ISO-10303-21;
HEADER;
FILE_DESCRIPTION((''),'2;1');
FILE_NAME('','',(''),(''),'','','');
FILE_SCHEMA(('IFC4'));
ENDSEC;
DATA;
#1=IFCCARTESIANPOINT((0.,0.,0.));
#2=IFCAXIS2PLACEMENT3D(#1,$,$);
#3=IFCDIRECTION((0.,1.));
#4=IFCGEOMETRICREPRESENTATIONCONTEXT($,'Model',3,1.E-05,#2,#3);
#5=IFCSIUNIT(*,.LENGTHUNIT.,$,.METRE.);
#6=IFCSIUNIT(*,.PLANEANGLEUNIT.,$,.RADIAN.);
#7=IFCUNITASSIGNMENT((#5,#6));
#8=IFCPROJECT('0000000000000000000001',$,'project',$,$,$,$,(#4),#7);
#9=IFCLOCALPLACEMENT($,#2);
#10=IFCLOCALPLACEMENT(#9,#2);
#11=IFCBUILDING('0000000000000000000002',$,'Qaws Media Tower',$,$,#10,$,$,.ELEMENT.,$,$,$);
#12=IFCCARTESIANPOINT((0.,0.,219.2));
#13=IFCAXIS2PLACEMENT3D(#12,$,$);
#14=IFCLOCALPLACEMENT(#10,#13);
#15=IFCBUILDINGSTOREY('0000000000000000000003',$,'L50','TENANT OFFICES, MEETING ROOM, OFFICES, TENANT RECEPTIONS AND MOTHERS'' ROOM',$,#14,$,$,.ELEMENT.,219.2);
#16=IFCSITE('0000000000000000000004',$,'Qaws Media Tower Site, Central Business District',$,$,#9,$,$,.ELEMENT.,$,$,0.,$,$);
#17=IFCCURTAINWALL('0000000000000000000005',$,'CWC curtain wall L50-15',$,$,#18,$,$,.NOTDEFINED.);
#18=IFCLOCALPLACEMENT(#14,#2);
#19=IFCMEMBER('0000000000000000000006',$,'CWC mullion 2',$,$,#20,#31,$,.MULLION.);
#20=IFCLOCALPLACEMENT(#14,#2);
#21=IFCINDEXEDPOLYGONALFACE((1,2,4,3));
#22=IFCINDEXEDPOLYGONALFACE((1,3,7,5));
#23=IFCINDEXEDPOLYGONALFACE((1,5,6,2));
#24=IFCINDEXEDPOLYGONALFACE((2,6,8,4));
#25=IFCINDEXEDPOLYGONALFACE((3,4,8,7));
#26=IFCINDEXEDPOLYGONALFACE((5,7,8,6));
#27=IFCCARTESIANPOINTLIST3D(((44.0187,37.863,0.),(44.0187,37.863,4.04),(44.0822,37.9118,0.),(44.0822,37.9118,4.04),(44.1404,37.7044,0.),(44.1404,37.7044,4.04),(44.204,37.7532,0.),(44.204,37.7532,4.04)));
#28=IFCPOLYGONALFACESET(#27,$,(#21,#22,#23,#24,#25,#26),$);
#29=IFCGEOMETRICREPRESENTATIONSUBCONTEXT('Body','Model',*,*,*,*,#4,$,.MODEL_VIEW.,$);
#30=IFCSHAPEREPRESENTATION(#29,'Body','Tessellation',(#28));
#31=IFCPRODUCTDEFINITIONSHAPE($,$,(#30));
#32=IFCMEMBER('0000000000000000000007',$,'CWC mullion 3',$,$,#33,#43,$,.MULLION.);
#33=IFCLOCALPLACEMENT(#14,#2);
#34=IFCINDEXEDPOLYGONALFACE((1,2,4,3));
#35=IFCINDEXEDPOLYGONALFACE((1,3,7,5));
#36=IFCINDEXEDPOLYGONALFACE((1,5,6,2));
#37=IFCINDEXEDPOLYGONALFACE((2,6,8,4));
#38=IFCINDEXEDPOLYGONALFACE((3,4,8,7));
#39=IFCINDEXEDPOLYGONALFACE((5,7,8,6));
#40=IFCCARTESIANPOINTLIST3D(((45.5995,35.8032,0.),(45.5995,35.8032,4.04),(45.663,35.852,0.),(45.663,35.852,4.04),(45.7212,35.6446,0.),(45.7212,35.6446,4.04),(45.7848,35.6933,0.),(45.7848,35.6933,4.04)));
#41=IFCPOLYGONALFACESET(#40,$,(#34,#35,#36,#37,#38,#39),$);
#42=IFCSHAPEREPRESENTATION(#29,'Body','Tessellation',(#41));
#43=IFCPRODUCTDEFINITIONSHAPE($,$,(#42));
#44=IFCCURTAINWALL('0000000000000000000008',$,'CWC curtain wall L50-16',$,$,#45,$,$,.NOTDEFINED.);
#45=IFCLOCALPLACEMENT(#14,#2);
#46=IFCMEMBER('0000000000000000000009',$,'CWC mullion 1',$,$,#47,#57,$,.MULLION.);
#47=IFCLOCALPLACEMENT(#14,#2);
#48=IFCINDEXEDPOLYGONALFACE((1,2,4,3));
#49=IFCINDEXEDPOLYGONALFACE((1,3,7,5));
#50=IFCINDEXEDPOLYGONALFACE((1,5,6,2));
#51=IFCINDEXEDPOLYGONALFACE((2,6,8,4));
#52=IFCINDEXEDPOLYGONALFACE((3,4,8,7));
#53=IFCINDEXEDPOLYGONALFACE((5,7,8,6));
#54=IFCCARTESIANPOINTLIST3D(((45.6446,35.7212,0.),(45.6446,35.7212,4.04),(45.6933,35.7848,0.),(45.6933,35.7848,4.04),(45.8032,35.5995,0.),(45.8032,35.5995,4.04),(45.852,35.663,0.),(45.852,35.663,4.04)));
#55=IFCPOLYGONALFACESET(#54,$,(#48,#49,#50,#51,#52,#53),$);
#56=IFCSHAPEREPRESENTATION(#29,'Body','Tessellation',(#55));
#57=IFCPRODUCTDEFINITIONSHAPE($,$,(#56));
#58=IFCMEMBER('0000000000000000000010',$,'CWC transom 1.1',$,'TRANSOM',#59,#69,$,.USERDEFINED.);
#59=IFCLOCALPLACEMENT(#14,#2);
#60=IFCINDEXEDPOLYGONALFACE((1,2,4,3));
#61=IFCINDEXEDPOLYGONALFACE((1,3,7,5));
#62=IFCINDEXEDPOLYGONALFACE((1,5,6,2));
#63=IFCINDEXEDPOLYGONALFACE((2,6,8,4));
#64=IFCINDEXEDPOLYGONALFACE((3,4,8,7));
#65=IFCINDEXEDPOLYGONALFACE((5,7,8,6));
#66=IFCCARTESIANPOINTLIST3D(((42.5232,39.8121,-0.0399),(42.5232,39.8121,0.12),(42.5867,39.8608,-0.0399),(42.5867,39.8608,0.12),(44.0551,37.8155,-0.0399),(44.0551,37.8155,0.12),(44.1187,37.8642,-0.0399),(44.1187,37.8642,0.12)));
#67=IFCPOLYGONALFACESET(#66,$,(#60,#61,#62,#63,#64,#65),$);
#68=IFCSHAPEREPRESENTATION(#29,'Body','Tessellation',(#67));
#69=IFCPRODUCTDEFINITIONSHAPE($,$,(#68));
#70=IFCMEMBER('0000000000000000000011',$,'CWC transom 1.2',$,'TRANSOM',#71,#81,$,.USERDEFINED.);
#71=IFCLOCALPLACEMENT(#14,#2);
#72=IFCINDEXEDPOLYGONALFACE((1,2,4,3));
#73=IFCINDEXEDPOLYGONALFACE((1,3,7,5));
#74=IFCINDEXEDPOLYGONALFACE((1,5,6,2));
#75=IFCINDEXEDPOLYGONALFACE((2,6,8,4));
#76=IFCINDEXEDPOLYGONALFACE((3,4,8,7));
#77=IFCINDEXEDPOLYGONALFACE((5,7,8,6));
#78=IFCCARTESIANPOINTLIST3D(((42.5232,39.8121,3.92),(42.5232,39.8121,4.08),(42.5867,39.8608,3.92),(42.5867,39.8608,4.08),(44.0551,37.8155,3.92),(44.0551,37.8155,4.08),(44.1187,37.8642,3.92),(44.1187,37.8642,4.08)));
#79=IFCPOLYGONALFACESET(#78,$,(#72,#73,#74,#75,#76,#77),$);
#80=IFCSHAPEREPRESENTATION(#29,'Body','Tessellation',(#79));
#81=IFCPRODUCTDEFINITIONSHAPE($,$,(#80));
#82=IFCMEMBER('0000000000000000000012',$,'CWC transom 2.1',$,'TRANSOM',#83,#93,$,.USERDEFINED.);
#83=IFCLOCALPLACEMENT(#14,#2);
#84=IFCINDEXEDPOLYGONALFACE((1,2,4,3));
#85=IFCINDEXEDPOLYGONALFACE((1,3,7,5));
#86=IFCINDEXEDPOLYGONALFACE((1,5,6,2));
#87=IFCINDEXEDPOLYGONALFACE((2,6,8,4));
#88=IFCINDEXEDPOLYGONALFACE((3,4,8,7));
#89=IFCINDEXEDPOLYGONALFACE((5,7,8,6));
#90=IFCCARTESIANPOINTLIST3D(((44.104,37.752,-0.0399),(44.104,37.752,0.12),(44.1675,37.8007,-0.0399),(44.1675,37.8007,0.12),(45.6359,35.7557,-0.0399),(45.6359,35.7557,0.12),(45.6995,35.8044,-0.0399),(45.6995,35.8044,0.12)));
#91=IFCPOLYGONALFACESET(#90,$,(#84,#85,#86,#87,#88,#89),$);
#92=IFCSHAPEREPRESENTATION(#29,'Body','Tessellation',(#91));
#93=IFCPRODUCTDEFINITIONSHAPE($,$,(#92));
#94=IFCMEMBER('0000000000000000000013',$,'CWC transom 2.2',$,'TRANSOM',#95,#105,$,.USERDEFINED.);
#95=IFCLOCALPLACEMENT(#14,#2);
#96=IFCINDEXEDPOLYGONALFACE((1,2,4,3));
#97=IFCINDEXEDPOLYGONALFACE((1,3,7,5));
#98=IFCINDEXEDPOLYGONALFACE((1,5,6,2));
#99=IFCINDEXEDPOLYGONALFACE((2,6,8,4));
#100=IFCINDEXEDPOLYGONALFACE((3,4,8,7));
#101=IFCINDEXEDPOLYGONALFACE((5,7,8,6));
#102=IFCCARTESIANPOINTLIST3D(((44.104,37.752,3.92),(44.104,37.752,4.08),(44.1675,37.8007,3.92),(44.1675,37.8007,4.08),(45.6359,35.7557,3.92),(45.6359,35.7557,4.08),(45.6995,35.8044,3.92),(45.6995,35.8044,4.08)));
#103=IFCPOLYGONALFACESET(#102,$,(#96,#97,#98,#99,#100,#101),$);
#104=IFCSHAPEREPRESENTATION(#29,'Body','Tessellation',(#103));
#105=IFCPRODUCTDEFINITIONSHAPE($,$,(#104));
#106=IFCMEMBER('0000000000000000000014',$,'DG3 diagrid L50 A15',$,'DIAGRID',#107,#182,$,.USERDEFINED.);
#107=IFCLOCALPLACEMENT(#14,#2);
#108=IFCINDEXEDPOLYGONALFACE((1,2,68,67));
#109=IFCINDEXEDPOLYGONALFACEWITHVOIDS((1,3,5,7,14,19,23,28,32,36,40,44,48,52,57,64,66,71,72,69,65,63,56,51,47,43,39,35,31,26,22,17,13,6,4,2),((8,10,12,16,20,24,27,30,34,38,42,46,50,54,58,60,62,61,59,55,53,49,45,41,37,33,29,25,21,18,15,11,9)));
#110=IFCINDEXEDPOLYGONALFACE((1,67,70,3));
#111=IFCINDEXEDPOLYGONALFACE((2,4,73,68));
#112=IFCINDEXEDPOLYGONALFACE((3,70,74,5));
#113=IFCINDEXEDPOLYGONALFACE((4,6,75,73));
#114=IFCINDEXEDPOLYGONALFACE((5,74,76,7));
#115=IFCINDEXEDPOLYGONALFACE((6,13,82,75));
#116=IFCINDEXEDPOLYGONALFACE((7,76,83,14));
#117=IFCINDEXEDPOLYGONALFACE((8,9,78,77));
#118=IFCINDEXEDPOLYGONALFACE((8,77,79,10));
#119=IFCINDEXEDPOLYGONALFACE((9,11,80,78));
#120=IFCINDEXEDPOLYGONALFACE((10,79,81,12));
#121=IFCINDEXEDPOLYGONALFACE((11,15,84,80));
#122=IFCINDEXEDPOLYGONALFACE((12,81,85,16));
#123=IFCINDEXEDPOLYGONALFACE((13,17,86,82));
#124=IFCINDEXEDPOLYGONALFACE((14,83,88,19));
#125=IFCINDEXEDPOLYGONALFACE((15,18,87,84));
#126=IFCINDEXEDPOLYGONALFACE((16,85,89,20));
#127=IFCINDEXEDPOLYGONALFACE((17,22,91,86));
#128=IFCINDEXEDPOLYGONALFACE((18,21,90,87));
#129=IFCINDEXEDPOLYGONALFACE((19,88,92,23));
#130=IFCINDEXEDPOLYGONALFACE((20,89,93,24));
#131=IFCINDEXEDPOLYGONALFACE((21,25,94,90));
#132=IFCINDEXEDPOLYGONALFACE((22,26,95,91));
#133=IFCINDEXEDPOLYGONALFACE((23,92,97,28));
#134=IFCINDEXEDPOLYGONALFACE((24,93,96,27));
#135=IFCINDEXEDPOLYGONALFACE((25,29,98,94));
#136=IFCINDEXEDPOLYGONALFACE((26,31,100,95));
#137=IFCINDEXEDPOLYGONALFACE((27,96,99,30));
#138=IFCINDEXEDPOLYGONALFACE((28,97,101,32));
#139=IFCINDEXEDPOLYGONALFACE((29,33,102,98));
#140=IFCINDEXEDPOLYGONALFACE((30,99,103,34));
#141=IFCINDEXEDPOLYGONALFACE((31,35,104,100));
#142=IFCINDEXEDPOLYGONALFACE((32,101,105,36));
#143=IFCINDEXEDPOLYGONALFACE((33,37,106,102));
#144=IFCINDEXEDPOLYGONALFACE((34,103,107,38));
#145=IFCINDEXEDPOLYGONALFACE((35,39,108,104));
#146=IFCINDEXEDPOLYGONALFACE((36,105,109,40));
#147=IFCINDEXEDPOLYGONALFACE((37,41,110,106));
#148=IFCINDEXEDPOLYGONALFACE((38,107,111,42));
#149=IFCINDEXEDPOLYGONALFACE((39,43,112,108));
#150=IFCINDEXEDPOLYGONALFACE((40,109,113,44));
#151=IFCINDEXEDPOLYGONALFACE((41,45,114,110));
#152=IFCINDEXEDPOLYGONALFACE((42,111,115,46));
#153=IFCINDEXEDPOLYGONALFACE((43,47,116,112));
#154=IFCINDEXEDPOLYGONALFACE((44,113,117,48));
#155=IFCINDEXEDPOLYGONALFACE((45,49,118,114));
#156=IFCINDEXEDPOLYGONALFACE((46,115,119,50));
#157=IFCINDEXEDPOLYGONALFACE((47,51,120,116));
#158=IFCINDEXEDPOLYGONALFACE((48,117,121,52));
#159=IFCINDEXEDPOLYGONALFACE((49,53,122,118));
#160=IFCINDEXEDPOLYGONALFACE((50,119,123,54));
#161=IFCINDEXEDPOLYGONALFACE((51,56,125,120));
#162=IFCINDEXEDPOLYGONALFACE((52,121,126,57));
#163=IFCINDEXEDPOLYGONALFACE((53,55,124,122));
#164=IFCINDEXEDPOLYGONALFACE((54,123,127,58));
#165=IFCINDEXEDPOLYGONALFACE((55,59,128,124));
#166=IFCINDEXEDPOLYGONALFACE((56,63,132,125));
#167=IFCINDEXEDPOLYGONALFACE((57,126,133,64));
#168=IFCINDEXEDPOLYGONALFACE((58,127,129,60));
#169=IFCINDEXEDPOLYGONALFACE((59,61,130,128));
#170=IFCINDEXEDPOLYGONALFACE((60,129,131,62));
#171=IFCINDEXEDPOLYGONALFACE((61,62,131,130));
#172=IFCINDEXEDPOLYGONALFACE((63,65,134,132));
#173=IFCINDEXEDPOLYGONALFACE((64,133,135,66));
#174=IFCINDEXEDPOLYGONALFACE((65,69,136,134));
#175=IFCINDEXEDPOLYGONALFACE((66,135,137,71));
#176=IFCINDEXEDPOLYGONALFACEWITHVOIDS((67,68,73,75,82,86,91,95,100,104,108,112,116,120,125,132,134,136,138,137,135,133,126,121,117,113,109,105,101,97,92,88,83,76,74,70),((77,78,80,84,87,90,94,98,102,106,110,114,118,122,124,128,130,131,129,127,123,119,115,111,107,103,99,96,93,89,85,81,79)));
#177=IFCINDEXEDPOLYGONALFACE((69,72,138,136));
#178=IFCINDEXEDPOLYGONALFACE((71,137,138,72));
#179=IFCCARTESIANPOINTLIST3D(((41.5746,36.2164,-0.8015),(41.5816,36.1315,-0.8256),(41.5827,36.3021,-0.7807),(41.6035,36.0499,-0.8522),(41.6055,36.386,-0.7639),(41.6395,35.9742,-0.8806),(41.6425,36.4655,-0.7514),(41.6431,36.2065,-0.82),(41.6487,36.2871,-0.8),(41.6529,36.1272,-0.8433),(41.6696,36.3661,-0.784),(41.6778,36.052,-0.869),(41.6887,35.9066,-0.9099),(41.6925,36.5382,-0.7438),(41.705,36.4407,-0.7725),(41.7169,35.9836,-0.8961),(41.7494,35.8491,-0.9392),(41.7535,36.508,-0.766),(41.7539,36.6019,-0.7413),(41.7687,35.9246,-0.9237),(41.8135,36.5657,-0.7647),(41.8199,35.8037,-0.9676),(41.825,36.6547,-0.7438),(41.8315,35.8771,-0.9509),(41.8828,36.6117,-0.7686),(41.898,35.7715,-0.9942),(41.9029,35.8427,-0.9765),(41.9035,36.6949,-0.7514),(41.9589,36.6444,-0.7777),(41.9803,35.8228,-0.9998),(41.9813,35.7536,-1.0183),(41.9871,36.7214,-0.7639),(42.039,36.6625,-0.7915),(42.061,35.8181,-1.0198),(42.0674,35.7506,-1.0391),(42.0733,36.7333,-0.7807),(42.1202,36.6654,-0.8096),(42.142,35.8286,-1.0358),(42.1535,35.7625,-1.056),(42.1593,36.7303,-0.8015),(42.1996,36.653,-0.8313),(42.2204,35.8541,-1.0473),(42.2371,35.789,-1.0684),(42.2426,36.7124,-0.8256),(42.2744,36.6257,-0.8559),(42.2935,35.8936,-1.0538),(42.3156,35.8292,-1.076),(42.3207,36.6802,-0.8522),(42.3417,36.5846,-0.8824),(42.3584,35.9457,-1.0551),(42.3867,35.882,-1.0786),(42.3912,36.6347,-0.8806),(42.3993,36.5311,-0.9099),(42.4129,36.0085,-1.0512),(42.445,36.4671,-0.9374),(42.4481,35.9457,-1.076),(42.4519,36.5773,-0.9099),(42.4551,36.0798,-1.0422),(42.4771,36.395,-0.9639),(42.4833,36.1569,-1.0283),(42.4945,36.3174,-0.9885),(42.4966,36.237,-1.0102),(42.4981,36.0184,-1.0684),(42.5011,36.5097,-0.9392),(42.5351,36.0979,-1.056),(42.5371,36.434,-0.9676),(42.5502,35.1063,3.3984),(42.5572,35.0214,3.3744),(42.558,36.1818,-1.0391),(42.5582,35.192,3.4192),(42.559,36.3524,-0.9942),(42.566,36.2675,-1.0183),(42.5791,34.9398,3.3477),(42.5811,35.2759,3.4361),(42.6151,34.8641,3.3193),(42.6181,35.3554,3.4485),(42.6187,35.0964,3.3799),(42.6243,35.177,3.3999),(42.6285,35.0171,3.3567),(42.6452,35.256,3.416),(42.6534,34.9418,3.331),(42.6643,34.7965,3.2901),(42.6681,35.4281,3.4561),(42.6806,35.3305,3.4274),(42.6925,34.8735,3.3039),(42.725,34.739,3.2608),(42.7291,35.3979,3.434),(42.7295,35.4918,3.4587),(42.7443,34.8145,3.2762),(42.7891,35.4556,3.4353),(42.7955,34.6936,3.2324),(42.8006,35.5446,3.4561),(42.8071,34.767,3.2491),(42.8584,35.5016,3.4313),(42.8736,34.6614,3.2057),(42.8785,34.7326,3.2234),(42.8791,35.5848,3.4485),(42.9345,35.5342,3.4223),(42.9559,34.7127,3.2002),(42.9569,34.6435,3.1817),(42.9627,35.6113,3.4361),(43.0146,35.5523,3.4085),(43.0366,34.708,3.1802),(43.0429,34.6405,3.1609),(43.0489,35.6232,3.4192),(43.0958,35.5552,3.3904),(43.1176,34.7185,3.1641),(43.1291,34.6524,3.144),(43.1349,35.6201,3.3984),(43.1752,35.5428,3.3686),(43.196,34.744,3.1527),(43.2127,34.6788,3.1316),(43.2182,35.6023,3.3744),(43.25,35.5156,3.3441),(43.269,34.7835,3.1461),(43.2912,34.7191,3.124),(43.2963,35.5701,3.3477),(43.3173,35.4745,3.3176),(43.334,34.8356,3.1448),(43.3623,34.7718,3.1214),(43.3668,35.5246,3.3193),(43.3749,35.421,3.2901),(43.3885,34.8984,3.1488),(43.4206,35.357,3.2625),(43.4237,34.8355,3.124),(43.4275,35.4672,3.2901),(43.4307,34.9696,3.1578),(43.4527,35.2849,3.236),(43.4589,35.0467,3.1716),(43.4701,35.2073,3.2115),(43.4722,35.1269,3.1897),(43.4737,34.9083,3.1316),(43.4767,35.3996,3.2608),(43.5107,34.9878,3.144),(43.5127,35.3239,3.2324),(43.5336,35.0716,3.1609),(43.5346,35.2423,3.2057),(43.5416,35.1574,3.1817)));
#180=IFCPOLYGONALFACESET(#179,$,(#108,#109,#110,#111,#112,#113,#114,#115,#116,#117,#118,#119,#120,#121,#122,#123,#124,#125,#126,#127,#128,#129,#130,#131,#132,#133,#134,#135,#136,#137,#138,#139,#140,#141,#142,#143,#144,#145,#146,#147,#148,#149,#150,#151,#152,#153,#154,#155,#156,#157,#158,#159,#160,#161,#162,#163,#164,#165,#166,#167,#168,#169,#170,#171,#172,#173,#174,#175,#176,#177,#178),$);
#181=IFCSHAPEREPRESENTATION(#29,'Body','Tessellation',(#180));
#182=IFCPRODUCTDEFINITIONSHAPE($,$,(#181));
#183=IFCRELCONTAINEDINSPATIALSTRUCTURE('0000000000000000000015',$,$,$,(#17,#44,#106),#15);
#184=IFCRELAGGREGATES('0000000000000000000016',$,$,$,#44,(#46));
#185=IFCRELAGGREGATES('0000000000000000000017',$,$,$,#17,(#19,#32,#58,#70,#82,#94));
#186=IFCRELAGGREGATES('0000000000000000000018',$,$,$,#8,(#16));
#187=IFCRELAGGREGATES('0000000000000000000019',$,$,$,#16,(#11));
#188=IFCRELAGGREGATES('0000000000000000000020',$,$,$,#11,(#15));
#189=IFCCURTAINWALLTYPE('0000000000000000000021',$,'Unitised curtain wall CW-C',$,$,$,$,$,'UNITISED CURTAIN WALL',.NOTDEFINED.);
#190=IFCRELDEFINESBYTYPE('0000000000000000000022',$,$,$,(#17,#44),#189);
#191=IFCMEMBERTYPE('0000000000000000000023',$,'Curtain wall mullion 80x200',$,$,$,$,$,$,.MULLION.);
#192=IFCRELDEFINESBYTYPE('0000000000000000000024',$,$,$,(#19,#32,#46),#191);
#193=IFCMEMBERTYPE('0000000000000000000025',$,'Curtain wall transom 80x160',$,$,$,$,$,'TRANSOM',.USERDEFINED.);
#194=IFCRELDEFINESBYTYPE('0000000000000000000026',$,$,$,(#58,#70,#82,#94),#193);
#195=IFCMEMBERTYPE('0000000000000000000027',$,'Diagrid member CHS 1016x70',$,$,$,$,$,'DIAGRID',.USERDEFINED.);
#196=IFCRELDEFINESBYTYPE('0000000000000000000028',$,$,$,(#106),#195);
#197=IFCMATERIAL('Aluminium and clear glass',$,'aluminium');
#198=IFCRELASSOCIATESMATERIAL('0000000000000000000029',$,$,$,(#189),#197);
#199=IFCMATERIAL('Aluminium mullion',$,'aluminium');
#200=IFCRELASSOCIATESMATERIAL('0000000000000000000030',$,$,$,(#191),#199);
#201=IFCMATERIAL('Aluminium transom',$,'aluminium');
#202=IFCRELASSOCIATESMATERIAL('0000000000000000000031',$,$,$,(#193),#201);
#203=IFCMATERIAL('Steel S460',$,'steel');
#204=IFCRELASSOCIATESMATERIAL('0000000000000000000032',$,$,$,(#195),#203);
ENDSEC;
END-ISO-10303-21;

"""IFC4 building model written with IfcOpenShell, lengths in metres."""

from ifc_helpers import new_model, si_unit, direction, frame, origin, origin_2d, place, context, subcontext, project, spatial, rectangle, hollow_circle, extrude, material, material_profile, profile_set, type_object, element, aggregate, save


model = new_model("IFC4")

# Units and contexts
model_context = context("Model", 3, precision=1e-05, world=origin(), true_north=direction((0.0, 1.0)))
body_context = subcontext(model_context, "Body", "Model", "MODEL_VIEW")
ifc_project = project(units=[si_unit("LENGTHUNIT", "METRE"), si_unit("PLANEANGLEUNIT", "RADIAN")], contexts=[model_context])

# Site, building, storey
site_placement = place(None, origin())
site = spatial("IfcSite", under=ifc_project, at=site_placement, Name="Qaws Media Tower Site, Central Business District", CompositionType="ELEMENT", RefElevation=0.0)
building_placement = place(site_placement, origin())
building = spatial("IfcBuilding", under=site, at=building_placement, Name="Qaws Media Tower", CompositionType="ELEMENT")
storey_placement = place(building_placement, frame((0.0, 0.0, 219.2)))
storey = spatial("IfcBuildingStorey", under=building, at=storey_placement, Name="L50", Description="TENANT OFFICES, MEETING ROOM, OFFICES, TENANT RECEPTIONS AND MOTHERS' ROOM", CompositionType="ELEMENT", Elevation=219.2)

# Shared definitions
ifc_material_1 = material(Name="Aluminium and clear glass", Category="aluminium")
curtain_wall_type = type_object("IfcCurtainWallType", Name="Unitised curtain wall CW-C", ElementType="UNITISED CURTAIN WALL", PredefinedType="NOTDEFINED", material=ifc_material_1)
ifc_material_2 = material(Name="Aluminium mullion", Category="aluminium")
ifc_material_profile_1 = material_profile(ifc_material_2, rectangle(XDim=0.0801, YDim=0.2, at=origin_2d()), Name="80x200")
ifc_profile_set_1 = profile_set([ifc_material_profile_1], Name="Aluminium mullion")
member_type_1 = type_object("IfcMemberType", Name="Curtain wall mullion 80x200", PredefinedType="MULLION", material=ifc_profile_set_1)

# Curtain wall, members
curtain_wall_1_placement = place(storey_placement, origin())
curtain_wall_1 = element("IfcCurtainWall", 1, at=curtain_wall_1_placement, inside=storey, type_object=curtain_wall_type, Name="CWC curtain wall L50-15", PredefinedType="NOTDEFINED")
member_1_placement = place(storey_placement, frame((44.1113, 37.8081, 0.0), z_axis=(0.0, 0.0, 1.0), x_axis=(0.793353, 0.608761, 0.0)))
member_1 = element("IfcMember", 2, at=member_1_placement, type_object=member_type_1, Name="CWC mullion 2", PredefinedType="MULLION", context=body_context, shape_type="SweptSolid", body=[
    extrude(rectangle(XDim=0.0801, YDim=0.2, at=origin_2d()), origin(), (0.0, 0.0, 1.0), 4.04),
])
member_2_placement = place(storey_placement, frame((45.6921, 35.7483, 0.0), z_axis=(0.0, 0.0, 1.0), x_axis=(0.793353, 0.608761, 0.0)))
member_2 = element("IfcMember", 3, at=member_2_placement, type_object=member_type_1, Name="CWC mullion 3", PredefinedType="MULLION", context=body_context, shape_type="SweptSolid", body=[
    extrude(rectangle(XDim=0.0801, YDim=0.2, at=origin_2d()), origin(), (0.0, 0.0, 1.0), 4.04),
])

# Curtain wall, member
curtain_wall_2_placement = place(storey_placement, origin())
curtain_wall_2 = element("IfcCurtainWall", 4, at=curtain_wall_2_placement, inside=storey, type_object=curtain_wall_type, Name="CWC curtain wall L50-16", PredefinedType="NOTDEFINED")
member_3_placement = place(storey_placement, frame((45.7483, 35.6921, 0.0), z_axis=(0.0, 0.0, 1.0), x_axis=(0.608761, 0.793353, 0.0)))
member_3 = element("IfcMember", 5, at=member_3_placement, type_object=member_type_1, Name="CWC mullion 1", PredefinedType="MULLION", context=body_context, shape_type="SweptSolid", body=[
    extrude(rectangle(XDim=0.0801, YDim=0.2, at=origin_2d()), origin(), (0.0, 0.0, 1.0), 4.04),
])
aggregate(curtain_wall_2, [member_3])

# Members
ifc_material_3 = material(Name="Aluminium transom", Category="aluminium")
ifc_material_profile_2 = material_profile(ifc_material_3, rectangle(XDim=0.0801, YDim=0.1599, at=origin_2d()), Name="80x160")
ifc_profile_set_2 = profile_set([ifc_material_profile_2], Name="Aluminium transom")
member_type_2 = type_object("IfcMemberType", Name="Curtain wall transom 80x160", ElementType="TRANSOM", PredefinedType="USERDEFINED", material=ifc_profile_set_2)
member_4_placement = place(storey_placement, frame((42.5549, 39.8364, 0.04), z_axis=(0.608749, -0.793363, 0.0), x_axis=(0.793363, 0.608749, 0.0)))
member_4 = element("IfcMember", 6, at=member_4_placement, type_object=member_type_2, Name="CWC transom 1.1", ObjectType="TRANSOM", PredefinedType="USERDEFINED", context=body_context, shape_type="SweptSolid", body=[
    extrude(rectangle(XDim=0.0801, YDim=0.1599, at=origin_2d()), origin(), (0.0, 0.0, 1.0), 2.5166),
])
member_5_placement = place(storey_placement, frame((42.5549, 39.8364, 4.0), z_axis=(0.608749, -0.793363, 0.0), x_axis=(0.793363, 0.608749, 0.0)))
member_5 = element("IfcMember", 7, at=member_5_placement, type_object=member_type_2, Name="CWC transom 1.2", ObjectType="TRANSOM", PredefinedType="USERDEFINED", context=body_context, shape_type="SweptSolid", body=[
    extrude(rectangle(XDim=0.0801, YDim=0.1599, at=origin_2d()), origin(), (0.0, 0.0, 1.0), 2.5166),
])
member_6_placement = place(storey_placement, frame((44.1357, 37.7764, 0.04), z_axis=(0.608796, -0.793327, 0.0), x_axis=(0.793327, 0.608796, 0.0)))
member_6 = element("IfcMember", 8, at=member_6_placement, type_object=member_type_2, Name="CWC transom 2.1", ObjectType="TRANSOM", PredefinedType="USERDEFINED", context=body_context, shape_type="SweptSolid", body=[
    extrude(rectangle(XDim=0.0801, YDim=0.1599, at=origin_2d()), origin(), (0.0, 0.0, 1.0), 2.5164),
])
member_7_placement = place(storey_placement, frame((44.1357, 37.7764, 4.0), z_axis=(0.608796, -0.793327, 0.0), x_axis=(0.793327, 0.608796, 0.0)))
member_7 = element("IfcMember", 9, at=member_7_placement, type_object=member_type_2, Name="CWC transom 2.2", ObjectType="TRANSOM", PredefinedType="USERDEFINED", context=body_context, shape_type="SweptSolid", body=[
    extrude(rectangle(XDim=0.0801, YDim=0.1599, at=origin_2d()), origin(), (0.0, 0.0, 1.0), 2.5164),
])

# Member
ifc_material_4 = material(Name="Steel S460", Category="steel")
ifc_material_profile_3 = material_profile(ifc_material_4, hollow_circle(Radius=0.5081, WallThickness=0.0701, at=origin_2d()), Name="CHS 1016x70")
ifc_profile_set_3 = profile_set([ifc_material_profile_3], Name="Steel S460")
member_type_3 = type_object("IfcMemberType", Name="Diagrid member CHS 1016x70", ElementType="DIAGRID", PredefinedType="USERDEFINED", material=ifc_profile_set_3)
member_8_placement = place(storey_placement, frame((42.0703, 36.2419, -0.9099), z_axis=(0.219116, -0.249329, 0.943305), x_axis=(0.751152, 0.660129, 0.0)))
element("IfcMember", 10, at=member_8_placement, inside=storey, type_object=member_type_3, Name="DG3 diagrid L50 A15", ObjectType="DIAGRID", PredefinedType="USERDEFINED", context=body_context, shape_type="SweptSolid", body=[
    extrude(hollow_circle(Radius=0.5081, WallThickness=0.0701, at=origin_2d()), origin(), (0.0, 0.0, 1.0), 4.4524),
])

aggregate(curtain_wall_1, [member_1, member_2, member_4, member_5, member_6, member_7])

save(model, "model.ifc")
